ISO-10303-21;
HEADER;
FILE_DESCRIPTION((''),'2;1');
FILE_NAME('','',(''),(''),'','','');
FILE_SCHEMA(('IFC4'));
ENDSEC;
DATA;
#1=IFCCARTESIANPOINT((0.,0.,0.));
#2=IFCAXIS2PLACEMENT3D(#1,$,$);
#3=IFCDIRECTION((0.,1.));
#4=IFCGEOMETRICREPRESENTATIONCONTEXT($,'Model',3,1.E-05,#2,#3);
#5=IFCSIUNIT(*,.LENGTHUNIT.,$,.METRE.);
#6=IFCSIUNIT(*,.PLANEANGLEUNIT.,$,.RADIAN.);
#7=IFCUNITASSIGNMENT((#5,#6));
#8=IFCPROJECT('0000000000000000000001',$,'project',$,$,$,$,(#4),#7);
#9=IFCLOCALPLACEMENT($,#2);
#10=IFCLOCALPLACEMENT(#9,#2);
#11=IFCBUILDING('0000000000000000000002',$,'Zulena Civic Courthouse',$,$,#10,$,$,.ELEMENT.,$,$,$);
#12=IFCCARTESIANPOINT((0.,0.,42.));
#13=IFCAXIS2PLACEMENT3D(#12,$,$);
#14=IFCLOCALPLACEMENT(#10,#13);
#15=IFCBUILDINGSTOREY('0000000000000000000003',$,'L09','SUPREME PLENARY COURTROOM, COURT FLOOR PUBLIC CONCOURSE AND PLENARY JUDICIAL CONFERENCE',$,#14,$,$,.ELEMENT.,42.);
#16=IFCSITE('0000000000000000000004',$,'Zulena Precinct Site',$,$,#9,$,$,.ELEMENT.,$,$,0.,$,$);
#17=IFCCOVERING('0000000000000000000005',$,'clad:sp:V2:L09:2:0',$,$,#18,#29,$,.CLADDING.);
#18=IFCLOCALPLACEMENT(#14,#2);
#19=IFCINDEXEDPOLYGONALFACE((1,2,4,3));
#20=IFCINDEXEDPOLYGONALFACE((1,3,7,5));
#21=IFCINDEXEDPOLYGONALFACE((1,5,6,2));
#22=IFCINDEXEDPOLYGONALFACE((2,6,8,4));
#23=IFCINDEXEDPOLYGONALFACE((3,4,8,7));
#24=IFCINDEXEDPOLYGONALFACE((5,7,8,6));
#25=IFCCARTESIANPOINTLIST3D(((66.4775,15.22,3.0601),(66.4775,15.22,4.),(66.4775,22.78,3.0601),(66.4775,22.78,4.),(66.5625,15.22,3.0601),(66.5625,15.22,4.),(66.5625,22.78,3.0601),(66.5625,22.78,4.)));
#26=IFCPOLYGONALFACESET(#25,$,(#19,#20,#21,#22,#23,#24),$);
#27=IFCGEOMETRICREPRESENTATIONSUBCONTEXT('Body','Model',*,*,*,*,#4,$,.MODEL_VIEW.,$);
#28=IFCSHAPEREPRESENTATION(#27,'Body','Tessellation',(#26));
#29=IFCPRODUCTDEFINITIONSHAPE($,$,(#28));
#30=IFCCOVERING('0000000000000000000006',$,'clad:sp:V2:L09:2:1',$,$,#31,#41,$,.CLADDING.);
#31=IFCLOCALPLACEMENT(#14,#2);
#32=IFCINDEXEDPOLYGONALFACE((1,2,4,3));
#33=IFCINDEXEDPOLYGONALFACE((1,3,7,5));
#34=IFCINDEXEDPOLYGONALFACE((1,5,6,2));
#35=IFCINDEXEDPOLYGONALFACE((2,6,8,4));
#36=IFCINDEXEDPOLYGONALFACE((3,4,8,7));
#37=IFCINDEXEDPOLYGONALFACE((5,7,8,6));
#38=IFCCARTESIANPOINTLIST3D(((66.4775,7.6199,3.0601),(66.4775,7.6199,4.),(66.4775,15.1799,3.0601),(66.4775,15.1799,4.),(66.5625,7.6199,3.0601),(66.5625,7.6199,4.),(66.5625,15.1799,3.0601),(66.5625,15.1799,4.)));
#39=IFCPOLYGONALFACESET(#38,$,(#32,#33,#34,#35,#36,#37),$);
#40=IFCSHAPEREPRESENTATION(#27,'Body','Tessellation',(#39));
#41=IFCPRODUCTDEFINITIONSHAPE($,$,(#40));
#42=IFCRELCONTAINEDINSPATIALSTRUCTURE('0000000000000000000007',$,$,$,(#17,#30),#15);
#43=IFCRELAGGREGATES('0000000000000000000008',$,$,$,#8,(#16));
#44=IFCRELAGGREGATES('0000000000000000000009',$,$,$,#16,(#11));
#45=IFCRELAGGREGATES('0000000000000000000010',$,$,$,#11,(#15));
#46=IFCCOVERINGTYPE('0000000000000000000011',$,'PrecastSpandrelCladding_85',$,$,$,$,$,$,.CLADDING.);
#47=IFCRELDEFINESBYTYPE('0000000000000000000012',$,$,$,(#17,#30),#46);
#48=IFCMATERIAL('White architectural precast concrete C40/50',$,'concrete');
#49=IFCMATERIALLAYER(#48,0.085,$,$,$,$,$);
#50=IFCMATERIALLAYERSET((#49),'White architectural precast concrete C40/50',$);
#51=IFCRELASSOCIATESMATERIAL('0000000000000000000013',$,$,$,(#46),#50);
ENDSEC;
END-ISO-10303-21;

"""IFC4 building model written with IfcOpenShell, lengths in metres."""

from ifc_helpers import new_model, si_unit, direction, frame, origin, origin_2d, place, context, subcontext, project, spatial, rectangle, extrude, material, layer, layer_set, type_object, element, save


model = new_model("IFC4")

# Units and contexts
model_context = context("Model", 3, precision=1e-05, world=origin(), true_north=direction((0.0, 1.0)))
body_context = subcontext(model_context, "Body", "Model", "MODEL_VIEW")
ifc_project = project(units=[si_unit("LENGTHUNIT", "METRE"), si_unit("PLANEANGLEUNIT", "RADIAN")], contexts=[model_context])

# Site, building, storey
site_placement = place(None, origin())
site = spatial("IfcSite", under=ifc_project, at=site_placement, Name="Zulena Precinct Site", CompositionType="ELEMENT", RefElevation=0.0)
building_placement = place(site_placement, origin())
building = spatial("IfcBuilding", under=site, at=building_placement, Name="Zulena Civic Courthouse", CompositionType="ELEMENT")
storey_placement = place(building_placement, frame((0.0, 0.0, 42.0)))
storey = spatial("IfcBuildingStorey", under=building, at=storey_placement, Name="L09", Description="SUPREME PLENARY COURTROOM, COURT FLOOR PUBLIC CONCOURSE AND PLENARY JUDICIAL CONFERENCE", CompositionType="ELEMENT", Elevation=42.0)

# Shared definitions
ifc_material_1 = material(Name="White architectural precast concrete C40/50", Category="concrete")

# Coverings
ifc_layer_1 = layer(ifc_material_1, 0.085)
ifc_layer_set_1 = layer_set([ifc_layer_1], Name="White architectural precast concrete C40/50")
covering_type = type_object("IfcCoveringType", Name="PrecastSpandrelCladding_85", PredefinedType="CLADDING", material=ifc_layer_set_1)
for number, where, z_axis, x_axis, name in (
    (1, (66.52, 19.0, 3.0601), (0.0, 0.0, 1.0), (0.0, -1.0, 0.0), "clad:sp:V2:L09:2:0"),
    (2, (66.52, 11.3999, 3.0601), (0.0, 0.0, 1.0), (0.0, -1.0, 0.0), "clad:sp:V2:L09:2:1"),
):
    element("IfcCovering", number, at=place(storey_placement, frame(where, z_axis=z_axis, x_axis=x_axis)), inside=storey, type_object=covering_type, Name=name, PredefinedType="CLADDING", context=body_context, shape_type="SweptSolid", body=[
        extrude(rectangle(XDim=7.5601, YDim=0.085, at=origin_2d()), origin(), (0.0, 0.0, 1.0), 0.9399),
    ])

save(model, "model.ifc")
